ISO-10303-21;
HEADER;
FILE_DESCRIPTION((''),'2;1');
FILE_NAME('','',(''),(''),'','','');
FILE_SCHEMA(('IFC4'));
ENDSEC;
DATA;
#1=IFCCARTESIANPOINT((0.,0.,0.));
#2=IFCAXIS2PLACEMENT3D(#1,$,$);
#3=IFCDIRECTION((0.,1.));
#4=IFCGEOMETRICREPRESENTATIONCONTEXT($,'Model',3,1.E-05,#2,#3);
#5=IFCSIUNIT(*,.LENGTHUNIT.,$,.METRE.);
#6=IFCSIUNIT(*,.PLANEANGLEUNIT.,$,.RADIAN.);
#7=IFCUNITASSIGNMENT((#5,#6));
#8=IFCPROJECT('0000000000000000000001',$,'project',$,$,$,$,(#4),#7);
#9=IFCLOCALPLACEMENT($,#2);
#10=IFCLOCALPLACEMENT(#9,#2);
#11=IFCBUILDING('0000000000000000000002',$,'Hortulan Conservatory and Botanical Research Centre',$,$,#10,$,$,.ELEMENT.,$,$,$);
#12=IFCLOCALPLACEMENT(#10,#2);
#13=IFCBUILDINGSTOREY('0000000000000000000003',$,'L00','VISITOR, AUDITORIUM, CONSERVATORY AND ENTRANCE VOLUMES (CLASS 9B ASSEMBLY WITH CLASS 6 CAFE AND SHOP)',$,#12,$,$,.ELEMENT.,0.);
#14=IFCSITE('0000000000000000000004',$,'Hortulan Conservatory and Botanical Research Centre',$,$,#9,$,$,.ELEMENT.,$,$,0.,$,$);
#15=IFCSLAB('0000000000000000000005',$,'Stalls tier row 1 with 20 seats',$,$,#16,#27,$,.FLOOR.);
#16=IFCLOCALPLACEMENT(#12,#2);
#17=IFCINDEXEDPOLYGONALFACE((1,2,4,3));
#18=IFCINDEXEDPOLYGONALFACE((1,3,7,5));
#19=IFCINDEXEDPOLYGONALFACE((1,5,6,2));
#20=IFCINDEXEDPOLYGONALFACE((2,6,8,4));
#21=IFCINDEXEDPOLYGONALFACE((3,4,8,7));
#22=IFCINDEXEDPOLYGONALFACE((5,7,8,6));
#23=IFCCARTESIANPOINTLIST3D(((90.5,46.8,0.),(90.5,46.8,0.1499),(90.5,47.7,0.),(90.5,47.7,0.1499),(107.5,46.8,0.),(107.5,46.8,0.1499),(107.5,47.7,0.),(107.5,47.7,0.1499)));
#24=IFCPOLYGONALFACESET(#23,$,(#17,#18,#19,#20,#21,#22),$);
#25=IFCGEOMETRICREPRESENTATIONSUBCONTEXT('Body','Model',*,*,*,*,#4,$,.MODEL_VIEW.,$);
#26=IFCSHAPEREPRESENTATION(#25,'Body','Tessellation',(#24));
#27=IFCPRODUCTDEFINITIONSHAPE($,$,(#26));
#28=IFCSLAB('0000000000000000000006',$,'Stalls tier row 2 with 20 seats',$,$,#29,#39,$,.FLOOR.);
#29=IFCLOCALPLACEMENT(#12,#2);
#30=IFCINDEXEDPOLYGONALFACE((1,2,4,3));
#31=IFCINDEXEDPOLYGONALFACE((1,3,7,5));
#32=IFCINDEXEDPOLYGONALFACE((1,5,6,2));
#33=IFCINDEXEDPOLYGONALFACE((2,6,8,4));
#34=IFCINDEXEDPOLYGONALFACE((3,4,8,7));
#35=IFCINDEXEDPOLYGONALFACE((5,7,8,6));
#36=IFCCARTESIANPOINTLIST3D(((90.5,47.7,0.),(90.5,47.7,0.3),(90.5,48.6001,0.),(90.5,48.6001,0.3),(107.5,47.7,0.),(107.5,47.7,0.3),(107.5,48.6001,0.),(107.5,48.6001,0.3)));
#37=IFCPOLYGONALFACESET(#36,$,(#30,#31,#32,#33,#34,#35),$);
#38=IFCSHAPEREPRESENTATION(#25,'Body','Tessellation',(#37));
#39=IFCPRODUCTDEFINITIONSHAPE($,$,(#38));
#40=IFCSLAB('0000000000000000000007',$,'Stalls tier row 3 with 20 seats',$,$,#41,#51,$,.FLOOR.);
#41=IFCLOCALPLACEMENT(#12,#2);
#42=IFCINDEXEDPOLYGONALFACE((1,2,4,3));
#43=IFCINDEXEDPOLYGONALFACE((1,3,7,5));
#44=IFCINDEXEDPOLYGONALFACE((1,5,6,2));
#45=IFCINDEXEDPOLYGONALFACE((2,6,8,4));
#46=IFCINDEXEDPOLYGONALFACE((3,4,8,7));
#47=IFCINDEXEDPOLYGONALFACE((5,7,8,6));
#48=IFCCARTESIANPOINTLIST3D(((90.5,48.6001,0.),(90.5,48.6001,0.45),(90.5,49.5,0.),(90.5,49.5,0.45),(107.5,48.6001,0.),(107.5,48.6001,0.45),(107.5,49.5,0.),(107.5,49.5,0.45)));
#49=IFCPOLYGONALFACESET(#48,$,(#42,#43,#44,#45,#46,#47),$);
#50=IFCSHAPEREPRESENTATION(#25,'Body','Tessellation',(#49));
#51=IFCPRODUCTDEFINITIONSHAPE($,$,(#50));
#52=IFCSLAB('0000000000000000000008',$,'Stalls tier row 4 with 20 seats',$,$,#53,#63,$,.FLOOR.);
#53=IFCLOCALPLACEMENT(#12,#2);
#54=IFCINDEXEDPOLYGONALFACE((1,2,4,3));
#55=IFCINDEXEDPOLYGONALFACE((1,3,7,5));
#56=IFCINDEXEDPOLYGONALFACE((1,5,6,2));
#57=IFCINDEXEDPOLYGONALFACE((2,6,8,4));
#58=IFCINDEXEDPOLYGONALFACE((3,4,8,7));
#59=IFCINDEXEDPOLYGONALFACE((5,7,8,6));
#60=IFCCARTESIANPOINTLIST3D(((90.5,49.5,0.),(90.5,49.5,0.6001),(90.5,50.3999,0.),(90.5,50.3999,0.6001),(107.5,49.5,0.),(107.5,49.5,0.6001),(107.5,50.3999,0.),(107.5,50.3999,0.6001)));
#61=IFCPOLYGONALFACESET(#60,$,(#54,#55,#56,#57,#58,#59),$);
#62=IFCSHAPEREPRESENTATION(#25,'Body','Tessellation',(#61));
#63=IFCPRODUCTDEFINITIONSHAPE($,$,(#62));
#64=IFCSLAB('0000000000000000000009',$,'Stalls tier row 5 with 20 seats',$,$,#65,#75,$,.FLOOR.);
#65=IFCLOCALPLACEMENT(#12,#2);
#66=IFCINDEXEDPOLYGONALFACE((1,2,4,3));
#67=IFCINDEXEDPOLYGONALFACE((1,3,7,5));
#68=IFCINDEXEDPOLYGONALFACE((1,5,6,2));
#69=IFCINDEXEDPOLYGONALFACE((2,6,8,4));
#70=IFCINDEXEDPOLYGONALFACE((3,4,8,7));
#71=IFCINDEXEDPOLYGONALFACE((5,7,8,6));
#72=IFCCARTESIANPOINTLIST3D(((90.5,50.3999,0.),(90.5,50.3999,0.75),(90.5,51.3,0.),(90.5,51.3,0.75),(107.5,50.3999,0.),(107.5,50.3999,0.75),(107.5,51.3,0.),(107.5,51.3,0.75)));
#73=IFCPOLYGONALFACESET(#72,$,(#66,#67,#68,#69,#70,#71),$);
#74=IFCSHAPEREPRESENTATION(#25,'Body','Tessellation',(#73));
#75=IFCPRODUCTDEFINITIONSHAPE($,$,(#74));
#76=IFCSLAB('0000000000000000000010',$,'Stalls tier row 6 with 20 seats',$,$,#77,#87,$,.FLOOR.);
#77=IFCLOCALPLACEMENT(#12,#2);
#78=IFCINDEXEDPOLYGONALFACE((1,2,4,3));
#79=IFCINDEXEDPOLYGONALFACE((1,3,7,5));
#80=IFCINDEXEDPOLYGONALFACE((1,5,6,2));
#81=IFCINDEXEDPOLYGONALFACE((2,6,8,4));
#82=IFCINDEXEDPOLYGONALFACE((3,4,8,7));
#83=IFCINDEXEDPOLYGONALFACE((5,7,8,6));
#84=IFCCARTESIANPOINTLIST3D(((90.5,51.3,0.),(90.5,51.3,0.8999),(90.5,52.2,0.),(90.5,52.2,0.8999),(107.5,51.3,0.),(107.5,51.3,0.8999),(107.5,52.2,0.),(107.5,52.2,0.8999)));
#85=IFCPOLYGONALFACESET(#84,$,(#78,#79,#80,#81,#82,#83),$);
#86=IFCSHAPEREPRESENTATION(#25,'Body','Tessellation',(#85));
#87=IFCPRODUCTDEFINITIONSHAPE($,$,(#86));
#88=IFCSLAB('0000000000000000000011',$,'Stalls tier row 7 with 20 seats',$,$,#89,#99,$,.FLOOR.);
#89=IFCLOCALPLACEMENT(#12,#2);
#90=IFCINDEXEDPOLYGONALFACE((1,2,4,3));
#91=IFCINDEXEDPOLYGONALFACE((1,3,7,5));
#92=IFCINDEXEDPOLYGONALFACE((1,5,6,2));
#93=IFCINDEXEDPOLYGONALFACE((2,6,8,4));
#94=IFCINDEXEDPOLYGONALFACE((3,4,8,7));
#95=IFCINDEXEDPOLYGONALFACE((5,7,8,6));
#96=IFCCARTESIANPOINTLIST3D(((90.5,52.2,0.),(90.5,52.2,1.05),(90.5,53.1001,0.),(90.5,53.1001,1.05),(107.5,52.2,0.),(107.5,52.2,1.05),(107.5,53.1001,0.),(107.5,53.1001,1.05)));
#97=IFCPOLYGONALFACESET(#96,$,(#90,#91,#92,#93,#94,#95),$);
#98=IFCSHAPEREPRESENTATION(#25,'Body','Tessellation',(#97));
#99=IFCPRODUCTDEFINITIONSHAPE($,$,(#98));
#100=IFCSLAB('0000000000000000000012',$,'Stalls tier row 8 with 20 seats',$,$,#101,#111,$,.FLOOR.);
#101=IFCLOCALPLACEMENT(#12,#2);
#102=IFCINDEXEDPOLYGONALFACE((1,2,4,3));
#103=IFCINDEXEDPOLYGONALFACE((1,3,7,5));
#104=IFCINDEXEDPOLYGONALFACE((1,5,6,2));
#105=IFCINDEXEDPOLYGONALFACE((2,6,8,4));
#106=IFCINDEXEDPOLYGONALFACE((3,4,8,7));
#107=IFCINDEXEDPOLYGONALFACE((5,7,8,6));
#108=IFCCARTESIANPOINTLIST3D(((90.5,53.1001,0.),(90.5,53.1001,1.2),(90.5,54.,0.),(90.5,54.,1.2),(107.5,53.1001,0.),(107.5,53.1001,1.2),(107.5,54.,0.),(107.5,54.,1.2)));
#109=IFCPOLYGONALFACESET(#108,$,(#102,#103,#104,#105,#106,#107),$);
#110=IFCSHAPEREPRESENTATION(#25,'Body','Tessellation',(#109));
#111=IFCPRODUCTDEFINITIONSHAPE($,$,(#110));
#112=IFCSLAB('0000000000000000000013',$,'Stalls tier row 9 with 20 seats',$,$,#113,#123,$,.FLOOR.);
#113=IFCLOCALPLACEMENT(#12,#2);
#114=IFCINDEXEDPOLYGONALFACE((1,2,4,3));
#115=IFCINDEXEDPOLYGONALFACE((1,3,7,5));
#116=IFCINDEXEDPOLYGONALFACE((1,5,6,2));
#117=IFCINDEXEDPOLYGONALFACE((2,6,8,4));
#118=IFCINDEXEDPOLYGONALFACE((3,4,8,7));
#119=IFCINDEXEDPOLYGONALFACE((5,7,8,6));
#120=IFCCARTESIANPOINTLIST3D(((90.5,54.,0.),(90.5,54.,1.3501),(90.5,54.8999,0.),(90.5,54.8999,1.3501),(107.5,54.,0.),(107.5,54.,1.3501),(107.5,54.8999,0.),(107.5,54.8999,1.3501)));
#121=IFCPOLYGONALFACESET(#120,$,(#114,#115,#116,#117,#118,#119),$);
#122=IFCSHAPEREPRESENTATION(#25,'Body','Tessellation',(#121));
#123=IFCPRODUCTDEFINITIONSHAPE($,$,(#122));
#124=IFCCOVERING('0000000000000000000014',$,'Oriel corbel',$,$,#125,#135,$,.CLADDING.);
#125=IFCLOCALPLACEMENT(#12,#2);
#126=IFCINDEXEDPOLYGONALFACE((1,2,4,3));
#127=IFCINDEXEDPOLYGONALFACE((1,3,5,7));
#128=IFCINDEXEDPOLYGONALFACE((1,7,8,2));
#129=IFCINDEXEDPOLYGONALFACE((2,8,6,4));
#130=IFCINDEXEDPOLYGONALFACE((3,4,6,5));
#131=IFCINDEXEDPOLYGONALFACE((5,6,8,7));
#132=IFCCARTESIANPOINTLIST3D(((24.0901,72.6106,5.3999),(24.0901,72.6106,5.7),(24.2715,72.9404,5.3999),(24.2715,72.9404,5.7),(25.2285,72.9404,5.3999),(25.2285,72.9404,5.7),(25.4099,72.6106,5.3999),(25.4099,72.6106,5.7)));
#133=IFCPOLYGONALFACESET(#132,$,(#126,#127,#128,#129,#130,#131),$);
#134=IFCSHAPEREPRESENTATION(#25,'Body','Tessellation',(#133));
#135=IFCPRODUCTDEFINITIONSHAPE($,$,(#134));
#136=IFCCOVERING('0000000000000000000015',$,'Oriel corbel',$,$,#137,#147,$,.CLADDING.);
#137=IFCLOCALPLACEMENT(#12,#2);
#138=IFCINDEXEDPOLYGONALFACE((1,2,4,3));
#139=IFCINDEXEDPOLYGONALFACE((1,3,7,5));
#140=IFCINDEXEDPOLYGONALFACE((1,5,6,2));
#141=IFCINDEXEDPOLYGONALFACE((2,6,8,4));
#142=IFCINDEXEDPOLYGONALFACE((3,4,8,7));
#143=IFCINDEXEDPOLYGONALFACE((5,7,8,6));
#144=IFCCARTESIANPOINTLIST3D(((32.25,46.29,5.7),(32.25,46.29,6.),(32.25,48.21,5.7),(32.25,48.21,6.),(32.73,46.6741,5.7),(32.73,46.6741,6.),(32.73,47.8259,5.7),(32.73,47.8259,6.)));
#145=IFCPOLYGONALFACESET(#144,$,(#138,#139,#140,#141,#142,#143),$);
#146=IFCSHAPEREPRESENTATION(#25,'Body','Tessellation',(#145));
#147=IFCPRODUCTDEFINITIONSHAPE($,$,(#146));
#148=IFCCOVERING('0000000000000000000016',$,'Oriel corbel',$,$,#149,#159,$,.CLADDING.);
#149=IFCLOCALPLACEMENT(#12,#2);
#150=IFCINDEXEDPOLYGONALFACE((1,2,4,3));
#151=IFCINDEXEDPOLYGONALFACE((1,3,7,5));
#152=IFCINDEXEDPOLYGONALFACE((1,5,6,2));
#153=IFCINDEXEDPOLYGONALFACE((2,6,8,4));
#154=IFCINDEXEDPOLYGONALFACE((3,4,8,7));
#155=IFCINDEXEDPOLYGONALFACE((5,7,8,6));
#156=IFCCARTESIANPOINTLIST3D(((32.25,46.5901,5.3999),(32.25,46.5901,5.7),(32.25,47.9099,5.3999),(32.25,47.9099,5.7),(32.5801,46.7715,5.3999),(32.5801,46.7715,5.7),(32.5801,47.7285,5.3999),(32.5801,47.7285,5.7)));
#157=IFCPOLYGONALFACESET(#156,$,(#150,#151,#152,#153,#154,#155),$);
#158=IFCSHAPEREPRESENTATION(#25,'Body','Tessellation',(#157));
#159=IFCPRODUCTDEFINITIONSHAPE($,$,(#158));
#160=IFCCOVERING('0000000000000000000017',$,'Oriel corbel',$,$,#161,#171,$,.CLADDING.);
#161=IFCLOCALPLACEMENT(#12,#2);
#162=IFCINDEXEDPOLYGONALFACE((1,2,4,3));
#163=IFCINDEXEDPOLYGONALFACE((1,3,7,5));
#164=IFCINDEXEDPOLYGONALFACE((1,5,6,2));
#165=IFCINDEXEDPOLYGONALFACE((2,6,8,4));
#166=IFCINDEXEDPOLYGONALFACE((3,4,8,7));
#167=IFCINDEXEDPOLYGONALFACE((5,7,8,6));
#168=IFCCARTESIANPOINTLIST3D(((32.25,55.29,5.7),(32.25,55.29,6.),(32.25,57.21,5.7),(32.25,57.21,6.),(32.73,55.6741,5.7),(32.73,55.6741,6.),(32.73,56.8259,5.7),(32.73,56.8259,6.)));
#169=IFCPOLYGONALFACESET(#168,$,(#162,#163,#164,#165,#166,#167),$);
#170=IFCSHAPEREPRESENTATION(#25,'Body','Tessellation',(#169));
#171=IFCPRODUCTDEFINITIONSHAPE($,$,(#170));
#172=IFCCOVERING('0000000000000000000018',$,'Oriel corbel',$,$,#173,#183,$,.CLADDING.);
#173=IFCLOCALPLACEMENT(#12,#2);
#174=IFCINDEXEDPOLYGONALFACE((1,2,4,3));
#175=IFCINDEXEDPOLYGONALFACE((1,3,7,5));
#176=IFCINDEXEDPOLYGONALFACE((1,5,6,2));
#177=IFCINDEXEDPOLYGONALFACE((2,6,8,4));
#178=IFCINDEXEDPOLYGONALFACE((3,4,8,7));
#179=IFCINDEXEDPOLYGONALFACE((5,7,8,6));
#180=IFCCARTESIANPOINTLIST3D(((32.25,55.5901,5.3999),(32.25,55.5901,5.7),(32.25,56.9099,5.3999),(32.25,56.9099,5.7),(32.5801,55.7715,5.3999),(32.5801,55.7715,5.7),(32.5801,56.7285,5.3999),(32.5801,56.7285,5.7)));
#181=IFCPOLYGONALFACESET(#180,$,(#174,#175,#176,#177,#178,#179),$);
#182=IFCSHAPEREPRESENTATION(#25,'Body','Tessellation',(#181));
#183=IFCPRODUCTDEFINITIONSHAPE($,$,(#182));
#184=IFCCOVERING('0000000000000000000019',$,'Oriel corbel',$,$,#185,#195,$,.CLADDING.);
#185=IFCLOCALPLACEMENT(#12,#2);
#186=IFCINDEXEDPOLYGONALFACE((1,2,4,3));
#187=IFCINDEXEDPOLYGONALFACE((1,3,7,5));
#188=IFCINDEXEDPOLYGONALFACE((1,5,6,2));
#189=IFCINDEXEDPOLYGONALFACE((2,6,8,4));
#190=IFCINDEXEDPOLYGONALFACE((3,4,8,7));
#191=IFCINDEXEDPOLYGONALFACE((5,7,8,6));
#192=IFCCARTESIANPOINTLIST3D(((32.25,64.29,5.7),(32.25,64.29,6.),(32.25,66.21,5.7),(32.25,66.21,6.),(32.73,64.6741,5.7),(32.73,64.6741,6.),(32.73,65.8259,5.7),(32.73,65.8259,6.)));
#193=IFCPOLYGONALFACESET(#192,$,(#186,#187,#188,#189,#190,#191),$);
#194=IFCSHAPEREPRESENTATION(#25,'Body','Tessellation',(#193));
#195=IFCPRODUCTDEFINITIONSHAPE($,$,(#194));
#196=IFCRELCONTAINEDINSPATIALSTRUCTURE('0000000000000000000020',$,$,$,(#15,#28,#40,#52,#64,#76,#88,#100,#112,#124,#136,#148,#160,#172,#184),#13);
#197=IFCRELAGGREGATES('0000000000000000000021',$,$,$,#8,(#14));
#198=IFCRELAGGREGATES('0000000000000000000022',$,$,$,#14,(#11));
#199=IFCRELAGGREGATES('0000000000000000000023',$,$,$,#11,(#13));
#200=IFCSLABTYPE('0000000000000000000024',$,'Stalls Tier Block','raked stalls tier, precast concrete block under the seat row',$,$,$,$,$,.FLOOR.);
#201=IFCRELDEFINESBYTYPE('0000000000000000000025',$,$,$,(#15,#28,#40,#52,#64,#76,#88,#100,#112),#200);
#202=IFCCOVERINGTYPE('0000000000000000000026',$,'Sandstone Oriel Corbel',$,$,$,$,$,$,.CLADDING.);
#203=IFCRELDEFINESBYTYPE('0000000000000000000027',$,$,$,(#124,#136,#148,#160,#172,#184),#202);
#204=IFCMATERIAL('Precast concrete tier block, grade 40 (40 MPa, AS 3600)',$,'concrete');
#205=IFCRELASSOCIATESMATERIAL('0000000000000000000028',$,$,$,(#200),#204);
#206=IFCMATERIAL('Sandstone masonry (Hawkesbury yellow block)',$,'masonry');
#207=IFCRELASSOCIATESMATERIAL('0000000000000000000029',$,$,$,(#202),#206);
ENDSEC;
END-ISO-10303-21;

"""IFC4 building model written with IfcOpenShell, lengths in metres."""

from ifc_helpers import new_model, si_unit, direction, frame, origin, place, context, subcontext, project, spatial, polyline, outline, extrude, material, type_object, element, save


model = new_model("IFC4")

# Units and contexts
model_context = context("Model", 3, precision=1e-05, world=origin(), true_north=direction((0.0, 1.0)))
body_context = subcontext(model_context, "Body", "Model", "MODEL_VIEW")
ifc_project = project(units=[si_unit("LENGTHUNIT", "METRE"), si_unit("PLANEANGLEUNIT", "RADIAN")], contexts=[model_context])

# Site, building, storey
site_placement = place(None, origin())
site = spatial("IfcSite", under=ifc_project, at=site_placement, Name="Hortulan Conservatory and Botanical Research Centre", CompositionType="ELEMENT", RefElevation=0.0)
building_placement = place(site_placement, origin())
building = spatial("IfcBuilding", under=site, at=building_placement, Name="Hortulan Conservatory and Botanical Research Centre", CompositionType="ELEMENT")
storey_placement = place(building_placement, origin())
storey = spatial("IfcBuildingStorey", under=building, at=storey_placement, Name="L00", Description="VISITOR, AUDITORIUM, CONSERVATORY AND ENTRANCE VOLUMES (CLASS 9B ASSEMBLY WITH CLASS 6 CAFE AND SHOP)", CompositionType="ELEMENT", Elevation=0.0)

# Slabs
ifc_material_1 = material(Name="Precast concrete tier block, grade 40 (40 MPa, AS 3600)", Category="concrete")
slab_type = type_object("IfcSlabType", Name="Stalls Tier Block", Description="raked stalls tier, precast concrete block under the seat row", PredefinedType="FLOOR", material=ifc_material_1)
slab_1_placement = place(storey_placement, origin())
element("IfcSlab", 1, at=slab_1_placement, inside=storey, type_object=slab_type, Name="Stalls tier row 1 with 20 seats", PredefinedType="FLOOR", context=body_context, shape_type="SweptSolid", body=[
    extrude(outline(polyline([(90.5, 46.8), (107.5, 46.8), (107.5, 47.7), (90.5, 47.7), (90.5, 46.8)])), origin(), (0.0, 0.0, 1.0), 0.1499),
])
slab_2_placement = place(storey_placement, origin())
element("IfcSlab", 2, at=slab_2_placement, inside=storey, type_object=slab_type, Name="Stalls tier row 2 with 20 seats", PredefinedType="FLOOR", context=body_context, shape_type="SweptSolid", body=[
    extrude(outline(polyline([(90.5, 47.7), (107.5, 47.7), (107.5, 48.6001), (90.5, 48.6001), (90.5, 47.7)])), origin(), (0.0, 0.0, 1.0), 0.3),
])
slab_3_placement = place(storey_placement, origin())
element("IfcSlab", 3, at=slab_3_placement, inside=storey, type_object=slab_type, Name="Stalls tier row 3 with 20 seats", PredefinedType="FLOOR", context=body_context, shape_type="SweptSolid", body=[
    extrude(outline(polyline([(90.5, 48.6001), (107.5, 48.6001), (107.5, 49.5), (90.5, 49.5), (90.5, 48.6001)])), origin(), (0.0, 0.0, 1.0), 0.45),
])
slab_4_placement = place(storey_placement, origin())
element("IfcSlab", 4, at=slab_4_placement, inside=storey, type_object=slab_type, Name="Stalls tier row 4 with 20 seats", PredefinedType="FLOOR", context=body_context, shape_type="SweptSolid", body=[
    extrude(outline(polyline([(90.5, 49.5), (107.5, 49.5), (107.5, 50.3999), (90.5, 50.3999), (90.5, 49.5)])), origin(), (0.0, 0.0, 1.0), 0.6001),
])
slab_5_placement = place(storey_placement, origin())
element("IfcSlab", 5, at=slab_5_placement, inside=storey, type_object=slab_type, Name="Stalls tier row 5 with 20 seats", PredefinedType="FLOOR", context=body_context, shape_type="SweptSolid", body=[
    extrude(outline(polyline([(90.5, 50.3999), (107.5, 50.3999), (107.5, 51.3), (90.5, 51.3), (90.5, 50.3999)])), origin(), (0.0, 0.0, 1.0), 0.75),
])
slab_6_placement = place(storey_placement, origin())
element("IfcSlab", 6, at=slab_6_placement, inside=storey, type_object=slab_type, Name="Stalls tier row 6 with 20 seats", PredefinedType="FLOOR", context=body_context, shape_type="SweptSolid", body=[
    extrude(outline(polyline([(90.5, 51.3), (107.5, 51.3), (107.5, 52.2), (90.5, 52.2), (90.5, 51.3)])), origin(), (0.0, 0.0, 1.0), 0.8999),
])
slab_7_placement = place(storey_placement, origin())
element("IfcSlab", 7, at=slab_7_placement, inside=storey, type_object=slab_type, Name="Stalls tier row 7 with 20 seats", PredefinedType="FLOOR", context=body_context, shape_type="SweptSolid", body=[
    extrude(outline(polyline([(90.5, 52.2), (107.5, 52.2), (107.5, 53.1001), (90.5, 53.1001), (90.5, 52.2)])), origin(), (0.0, 0.0, 1.0), 1.05),
])
slab_8_placement = place(storey_placement, origin())
element("IfcSlab", 8, at=slab_8_placement, inside=storey, type_object=slab_type, Name="Stalls tier row 8 with 20 seats", PredefinedType="FLOOR", context=body_context, shape_type="SweptSolid", body=[
    extrude(outline(polyline([(90.5, 53.1001), (107.5, 53.1001), (107.5, 54.0), (90.5, 54.0), (90.5, 53.1001)])), origin(), (0.0, 0.0, 1.0), 1.2),
])
slab_9_placement = place(storey_placement, origin())
element("IfcSlab", 9, at=slab_9_placement, inside=storey, type_object=slab_type, Name="Stalls tier row 9 with 20 seats", PredefinedType="FLOOR", context=body_context, shape_type="SweptSolid", body=[
    extrude(outline(polyline([(90.5, 54.0), (107.5, 54.0), (107.5, 54.8999), (90.5, 54.8999), (90.5, 54.0)])), origin(), (0.0, 0.0, 1.0), 1.3501),
])

# Coverings
ifc_material_2 = material(Name="Sandstone masonry (Hawkesbury yellow block)", Category="masonry")
covering_type_1 = type_object("IfcCoveringType", Name="Sandstone Oriel Corbel", PredefinedType="CLADDING", material=ifc_material_2)
covering_1_placement = place(storey_placement, frame((0.0, 0.0, 5.3999)))
element("IfcCovering", 10, at=covering_1_placement, inside=storey, type_object=covering_type_1, Name="Oriel corbel", PredefinedType="CLADDING", context=body_context, shape_type="SweptSolid", body=[
    extrude(outline(polyline([(24.0901, 72.6106), (24.2715, 72.9404), (25.2285, 72.9404), (25.4099, 72.6106), (24.0901, 72.6106)])), origin(), (0.0, 0.0, 1.0), 0.3),
])
covering_2_placement = place(storey_placement, frame((0.0, 0.0, 5.7)))
element("IfcCovering", 11, at=covering_2_placement, inside=storey, type_object=covering_type_1, Name="Oriel corbel", PredefinedType="CLADDING", context=body_context, shape_type="SweptSolid", body=[
    extrude(outline(polyline([(32.25, 48.21), (32.73, 47.8259), (32.73, 46.6741), (32.25, 46.29), (32.25, 48.21)])), origin(), (0.0, 0.0, 1.0), 0.3),
])
covering_3_placement = place(storey_placement, frame((0.0, 0.0, 5.3999)))
element("IfcCovering", 12, at=covering_3_placement, inside=storey, type_object=covering_type_1, Name="Oriel corbel", PredefinedType="CLADDING", context=body_context, shape_type="SweptSolid", body=[
    extrude(outline(polyline([(32.25, 47.9099), (32.5801, 47.7285), (32.5801, 46.7715), (32.25, 46.5901), (32.25, 47.9099)])), origin(), (0.0, 0.0, 1.0), 0.3),
])
covering_4_placement = place(storey_placement, frame((0.0, 0.0, 5.7)))
element("IfcCovering", 13, at=covering_4_placement, inside=storey, type_object=covering_type_1, Name="Oriel corbel", PredefinedType="CLADDING", context=body_context, shape_type="SweptSolid", body=[
    extrude(outline(polyline([(32.25, 57.21), (32.73, 56.8259), (32.73, 55.6741), (32.25, 55.29), (32.25, 57.21)])), origin(), (0.0, 0.0, 1.0), 0.3),
])
covering_5_placement = place(storey_placement, frame((0.0, 0.0, 5.3999)))
element("IfcCovering", 14, at=covering_5_placement, inside=storey, type_object=covering_type_1, Name="Oriel corbel", PredefinedType="CLADDING", context=body_context, shape_type="SweptSolid", body=[
    extrude(outline(polyline([(32.25, 56.9099), (32.5801, 56.7285), (32.5801, 55.7715), (32.25, 55.5901), (32.25, 56.9099)])), origin(), (0.0, 0.0, 1.0), 0.3),
])
covering_6_placement = place(storey_placement, frame((0.0, 0.0, 5.7)))
element("IfcCovering", 15, at=covering_6_placement, inside=storey, type_object=covering_type_1, Name="Oriel corbel", PredefinedType="CLADDING", context=body_context, shape_type="SweptSolid", body=[
    extrude(outline(polyline([(32.25, 66.21), (32.73, 65.8259), (32.73, 64.6741), (32.25, 64.29), (32.25, 66.21)])), origin(), (0.0, 0.0, 1.0), 0.3),
])

save(model, "model.ifc")
